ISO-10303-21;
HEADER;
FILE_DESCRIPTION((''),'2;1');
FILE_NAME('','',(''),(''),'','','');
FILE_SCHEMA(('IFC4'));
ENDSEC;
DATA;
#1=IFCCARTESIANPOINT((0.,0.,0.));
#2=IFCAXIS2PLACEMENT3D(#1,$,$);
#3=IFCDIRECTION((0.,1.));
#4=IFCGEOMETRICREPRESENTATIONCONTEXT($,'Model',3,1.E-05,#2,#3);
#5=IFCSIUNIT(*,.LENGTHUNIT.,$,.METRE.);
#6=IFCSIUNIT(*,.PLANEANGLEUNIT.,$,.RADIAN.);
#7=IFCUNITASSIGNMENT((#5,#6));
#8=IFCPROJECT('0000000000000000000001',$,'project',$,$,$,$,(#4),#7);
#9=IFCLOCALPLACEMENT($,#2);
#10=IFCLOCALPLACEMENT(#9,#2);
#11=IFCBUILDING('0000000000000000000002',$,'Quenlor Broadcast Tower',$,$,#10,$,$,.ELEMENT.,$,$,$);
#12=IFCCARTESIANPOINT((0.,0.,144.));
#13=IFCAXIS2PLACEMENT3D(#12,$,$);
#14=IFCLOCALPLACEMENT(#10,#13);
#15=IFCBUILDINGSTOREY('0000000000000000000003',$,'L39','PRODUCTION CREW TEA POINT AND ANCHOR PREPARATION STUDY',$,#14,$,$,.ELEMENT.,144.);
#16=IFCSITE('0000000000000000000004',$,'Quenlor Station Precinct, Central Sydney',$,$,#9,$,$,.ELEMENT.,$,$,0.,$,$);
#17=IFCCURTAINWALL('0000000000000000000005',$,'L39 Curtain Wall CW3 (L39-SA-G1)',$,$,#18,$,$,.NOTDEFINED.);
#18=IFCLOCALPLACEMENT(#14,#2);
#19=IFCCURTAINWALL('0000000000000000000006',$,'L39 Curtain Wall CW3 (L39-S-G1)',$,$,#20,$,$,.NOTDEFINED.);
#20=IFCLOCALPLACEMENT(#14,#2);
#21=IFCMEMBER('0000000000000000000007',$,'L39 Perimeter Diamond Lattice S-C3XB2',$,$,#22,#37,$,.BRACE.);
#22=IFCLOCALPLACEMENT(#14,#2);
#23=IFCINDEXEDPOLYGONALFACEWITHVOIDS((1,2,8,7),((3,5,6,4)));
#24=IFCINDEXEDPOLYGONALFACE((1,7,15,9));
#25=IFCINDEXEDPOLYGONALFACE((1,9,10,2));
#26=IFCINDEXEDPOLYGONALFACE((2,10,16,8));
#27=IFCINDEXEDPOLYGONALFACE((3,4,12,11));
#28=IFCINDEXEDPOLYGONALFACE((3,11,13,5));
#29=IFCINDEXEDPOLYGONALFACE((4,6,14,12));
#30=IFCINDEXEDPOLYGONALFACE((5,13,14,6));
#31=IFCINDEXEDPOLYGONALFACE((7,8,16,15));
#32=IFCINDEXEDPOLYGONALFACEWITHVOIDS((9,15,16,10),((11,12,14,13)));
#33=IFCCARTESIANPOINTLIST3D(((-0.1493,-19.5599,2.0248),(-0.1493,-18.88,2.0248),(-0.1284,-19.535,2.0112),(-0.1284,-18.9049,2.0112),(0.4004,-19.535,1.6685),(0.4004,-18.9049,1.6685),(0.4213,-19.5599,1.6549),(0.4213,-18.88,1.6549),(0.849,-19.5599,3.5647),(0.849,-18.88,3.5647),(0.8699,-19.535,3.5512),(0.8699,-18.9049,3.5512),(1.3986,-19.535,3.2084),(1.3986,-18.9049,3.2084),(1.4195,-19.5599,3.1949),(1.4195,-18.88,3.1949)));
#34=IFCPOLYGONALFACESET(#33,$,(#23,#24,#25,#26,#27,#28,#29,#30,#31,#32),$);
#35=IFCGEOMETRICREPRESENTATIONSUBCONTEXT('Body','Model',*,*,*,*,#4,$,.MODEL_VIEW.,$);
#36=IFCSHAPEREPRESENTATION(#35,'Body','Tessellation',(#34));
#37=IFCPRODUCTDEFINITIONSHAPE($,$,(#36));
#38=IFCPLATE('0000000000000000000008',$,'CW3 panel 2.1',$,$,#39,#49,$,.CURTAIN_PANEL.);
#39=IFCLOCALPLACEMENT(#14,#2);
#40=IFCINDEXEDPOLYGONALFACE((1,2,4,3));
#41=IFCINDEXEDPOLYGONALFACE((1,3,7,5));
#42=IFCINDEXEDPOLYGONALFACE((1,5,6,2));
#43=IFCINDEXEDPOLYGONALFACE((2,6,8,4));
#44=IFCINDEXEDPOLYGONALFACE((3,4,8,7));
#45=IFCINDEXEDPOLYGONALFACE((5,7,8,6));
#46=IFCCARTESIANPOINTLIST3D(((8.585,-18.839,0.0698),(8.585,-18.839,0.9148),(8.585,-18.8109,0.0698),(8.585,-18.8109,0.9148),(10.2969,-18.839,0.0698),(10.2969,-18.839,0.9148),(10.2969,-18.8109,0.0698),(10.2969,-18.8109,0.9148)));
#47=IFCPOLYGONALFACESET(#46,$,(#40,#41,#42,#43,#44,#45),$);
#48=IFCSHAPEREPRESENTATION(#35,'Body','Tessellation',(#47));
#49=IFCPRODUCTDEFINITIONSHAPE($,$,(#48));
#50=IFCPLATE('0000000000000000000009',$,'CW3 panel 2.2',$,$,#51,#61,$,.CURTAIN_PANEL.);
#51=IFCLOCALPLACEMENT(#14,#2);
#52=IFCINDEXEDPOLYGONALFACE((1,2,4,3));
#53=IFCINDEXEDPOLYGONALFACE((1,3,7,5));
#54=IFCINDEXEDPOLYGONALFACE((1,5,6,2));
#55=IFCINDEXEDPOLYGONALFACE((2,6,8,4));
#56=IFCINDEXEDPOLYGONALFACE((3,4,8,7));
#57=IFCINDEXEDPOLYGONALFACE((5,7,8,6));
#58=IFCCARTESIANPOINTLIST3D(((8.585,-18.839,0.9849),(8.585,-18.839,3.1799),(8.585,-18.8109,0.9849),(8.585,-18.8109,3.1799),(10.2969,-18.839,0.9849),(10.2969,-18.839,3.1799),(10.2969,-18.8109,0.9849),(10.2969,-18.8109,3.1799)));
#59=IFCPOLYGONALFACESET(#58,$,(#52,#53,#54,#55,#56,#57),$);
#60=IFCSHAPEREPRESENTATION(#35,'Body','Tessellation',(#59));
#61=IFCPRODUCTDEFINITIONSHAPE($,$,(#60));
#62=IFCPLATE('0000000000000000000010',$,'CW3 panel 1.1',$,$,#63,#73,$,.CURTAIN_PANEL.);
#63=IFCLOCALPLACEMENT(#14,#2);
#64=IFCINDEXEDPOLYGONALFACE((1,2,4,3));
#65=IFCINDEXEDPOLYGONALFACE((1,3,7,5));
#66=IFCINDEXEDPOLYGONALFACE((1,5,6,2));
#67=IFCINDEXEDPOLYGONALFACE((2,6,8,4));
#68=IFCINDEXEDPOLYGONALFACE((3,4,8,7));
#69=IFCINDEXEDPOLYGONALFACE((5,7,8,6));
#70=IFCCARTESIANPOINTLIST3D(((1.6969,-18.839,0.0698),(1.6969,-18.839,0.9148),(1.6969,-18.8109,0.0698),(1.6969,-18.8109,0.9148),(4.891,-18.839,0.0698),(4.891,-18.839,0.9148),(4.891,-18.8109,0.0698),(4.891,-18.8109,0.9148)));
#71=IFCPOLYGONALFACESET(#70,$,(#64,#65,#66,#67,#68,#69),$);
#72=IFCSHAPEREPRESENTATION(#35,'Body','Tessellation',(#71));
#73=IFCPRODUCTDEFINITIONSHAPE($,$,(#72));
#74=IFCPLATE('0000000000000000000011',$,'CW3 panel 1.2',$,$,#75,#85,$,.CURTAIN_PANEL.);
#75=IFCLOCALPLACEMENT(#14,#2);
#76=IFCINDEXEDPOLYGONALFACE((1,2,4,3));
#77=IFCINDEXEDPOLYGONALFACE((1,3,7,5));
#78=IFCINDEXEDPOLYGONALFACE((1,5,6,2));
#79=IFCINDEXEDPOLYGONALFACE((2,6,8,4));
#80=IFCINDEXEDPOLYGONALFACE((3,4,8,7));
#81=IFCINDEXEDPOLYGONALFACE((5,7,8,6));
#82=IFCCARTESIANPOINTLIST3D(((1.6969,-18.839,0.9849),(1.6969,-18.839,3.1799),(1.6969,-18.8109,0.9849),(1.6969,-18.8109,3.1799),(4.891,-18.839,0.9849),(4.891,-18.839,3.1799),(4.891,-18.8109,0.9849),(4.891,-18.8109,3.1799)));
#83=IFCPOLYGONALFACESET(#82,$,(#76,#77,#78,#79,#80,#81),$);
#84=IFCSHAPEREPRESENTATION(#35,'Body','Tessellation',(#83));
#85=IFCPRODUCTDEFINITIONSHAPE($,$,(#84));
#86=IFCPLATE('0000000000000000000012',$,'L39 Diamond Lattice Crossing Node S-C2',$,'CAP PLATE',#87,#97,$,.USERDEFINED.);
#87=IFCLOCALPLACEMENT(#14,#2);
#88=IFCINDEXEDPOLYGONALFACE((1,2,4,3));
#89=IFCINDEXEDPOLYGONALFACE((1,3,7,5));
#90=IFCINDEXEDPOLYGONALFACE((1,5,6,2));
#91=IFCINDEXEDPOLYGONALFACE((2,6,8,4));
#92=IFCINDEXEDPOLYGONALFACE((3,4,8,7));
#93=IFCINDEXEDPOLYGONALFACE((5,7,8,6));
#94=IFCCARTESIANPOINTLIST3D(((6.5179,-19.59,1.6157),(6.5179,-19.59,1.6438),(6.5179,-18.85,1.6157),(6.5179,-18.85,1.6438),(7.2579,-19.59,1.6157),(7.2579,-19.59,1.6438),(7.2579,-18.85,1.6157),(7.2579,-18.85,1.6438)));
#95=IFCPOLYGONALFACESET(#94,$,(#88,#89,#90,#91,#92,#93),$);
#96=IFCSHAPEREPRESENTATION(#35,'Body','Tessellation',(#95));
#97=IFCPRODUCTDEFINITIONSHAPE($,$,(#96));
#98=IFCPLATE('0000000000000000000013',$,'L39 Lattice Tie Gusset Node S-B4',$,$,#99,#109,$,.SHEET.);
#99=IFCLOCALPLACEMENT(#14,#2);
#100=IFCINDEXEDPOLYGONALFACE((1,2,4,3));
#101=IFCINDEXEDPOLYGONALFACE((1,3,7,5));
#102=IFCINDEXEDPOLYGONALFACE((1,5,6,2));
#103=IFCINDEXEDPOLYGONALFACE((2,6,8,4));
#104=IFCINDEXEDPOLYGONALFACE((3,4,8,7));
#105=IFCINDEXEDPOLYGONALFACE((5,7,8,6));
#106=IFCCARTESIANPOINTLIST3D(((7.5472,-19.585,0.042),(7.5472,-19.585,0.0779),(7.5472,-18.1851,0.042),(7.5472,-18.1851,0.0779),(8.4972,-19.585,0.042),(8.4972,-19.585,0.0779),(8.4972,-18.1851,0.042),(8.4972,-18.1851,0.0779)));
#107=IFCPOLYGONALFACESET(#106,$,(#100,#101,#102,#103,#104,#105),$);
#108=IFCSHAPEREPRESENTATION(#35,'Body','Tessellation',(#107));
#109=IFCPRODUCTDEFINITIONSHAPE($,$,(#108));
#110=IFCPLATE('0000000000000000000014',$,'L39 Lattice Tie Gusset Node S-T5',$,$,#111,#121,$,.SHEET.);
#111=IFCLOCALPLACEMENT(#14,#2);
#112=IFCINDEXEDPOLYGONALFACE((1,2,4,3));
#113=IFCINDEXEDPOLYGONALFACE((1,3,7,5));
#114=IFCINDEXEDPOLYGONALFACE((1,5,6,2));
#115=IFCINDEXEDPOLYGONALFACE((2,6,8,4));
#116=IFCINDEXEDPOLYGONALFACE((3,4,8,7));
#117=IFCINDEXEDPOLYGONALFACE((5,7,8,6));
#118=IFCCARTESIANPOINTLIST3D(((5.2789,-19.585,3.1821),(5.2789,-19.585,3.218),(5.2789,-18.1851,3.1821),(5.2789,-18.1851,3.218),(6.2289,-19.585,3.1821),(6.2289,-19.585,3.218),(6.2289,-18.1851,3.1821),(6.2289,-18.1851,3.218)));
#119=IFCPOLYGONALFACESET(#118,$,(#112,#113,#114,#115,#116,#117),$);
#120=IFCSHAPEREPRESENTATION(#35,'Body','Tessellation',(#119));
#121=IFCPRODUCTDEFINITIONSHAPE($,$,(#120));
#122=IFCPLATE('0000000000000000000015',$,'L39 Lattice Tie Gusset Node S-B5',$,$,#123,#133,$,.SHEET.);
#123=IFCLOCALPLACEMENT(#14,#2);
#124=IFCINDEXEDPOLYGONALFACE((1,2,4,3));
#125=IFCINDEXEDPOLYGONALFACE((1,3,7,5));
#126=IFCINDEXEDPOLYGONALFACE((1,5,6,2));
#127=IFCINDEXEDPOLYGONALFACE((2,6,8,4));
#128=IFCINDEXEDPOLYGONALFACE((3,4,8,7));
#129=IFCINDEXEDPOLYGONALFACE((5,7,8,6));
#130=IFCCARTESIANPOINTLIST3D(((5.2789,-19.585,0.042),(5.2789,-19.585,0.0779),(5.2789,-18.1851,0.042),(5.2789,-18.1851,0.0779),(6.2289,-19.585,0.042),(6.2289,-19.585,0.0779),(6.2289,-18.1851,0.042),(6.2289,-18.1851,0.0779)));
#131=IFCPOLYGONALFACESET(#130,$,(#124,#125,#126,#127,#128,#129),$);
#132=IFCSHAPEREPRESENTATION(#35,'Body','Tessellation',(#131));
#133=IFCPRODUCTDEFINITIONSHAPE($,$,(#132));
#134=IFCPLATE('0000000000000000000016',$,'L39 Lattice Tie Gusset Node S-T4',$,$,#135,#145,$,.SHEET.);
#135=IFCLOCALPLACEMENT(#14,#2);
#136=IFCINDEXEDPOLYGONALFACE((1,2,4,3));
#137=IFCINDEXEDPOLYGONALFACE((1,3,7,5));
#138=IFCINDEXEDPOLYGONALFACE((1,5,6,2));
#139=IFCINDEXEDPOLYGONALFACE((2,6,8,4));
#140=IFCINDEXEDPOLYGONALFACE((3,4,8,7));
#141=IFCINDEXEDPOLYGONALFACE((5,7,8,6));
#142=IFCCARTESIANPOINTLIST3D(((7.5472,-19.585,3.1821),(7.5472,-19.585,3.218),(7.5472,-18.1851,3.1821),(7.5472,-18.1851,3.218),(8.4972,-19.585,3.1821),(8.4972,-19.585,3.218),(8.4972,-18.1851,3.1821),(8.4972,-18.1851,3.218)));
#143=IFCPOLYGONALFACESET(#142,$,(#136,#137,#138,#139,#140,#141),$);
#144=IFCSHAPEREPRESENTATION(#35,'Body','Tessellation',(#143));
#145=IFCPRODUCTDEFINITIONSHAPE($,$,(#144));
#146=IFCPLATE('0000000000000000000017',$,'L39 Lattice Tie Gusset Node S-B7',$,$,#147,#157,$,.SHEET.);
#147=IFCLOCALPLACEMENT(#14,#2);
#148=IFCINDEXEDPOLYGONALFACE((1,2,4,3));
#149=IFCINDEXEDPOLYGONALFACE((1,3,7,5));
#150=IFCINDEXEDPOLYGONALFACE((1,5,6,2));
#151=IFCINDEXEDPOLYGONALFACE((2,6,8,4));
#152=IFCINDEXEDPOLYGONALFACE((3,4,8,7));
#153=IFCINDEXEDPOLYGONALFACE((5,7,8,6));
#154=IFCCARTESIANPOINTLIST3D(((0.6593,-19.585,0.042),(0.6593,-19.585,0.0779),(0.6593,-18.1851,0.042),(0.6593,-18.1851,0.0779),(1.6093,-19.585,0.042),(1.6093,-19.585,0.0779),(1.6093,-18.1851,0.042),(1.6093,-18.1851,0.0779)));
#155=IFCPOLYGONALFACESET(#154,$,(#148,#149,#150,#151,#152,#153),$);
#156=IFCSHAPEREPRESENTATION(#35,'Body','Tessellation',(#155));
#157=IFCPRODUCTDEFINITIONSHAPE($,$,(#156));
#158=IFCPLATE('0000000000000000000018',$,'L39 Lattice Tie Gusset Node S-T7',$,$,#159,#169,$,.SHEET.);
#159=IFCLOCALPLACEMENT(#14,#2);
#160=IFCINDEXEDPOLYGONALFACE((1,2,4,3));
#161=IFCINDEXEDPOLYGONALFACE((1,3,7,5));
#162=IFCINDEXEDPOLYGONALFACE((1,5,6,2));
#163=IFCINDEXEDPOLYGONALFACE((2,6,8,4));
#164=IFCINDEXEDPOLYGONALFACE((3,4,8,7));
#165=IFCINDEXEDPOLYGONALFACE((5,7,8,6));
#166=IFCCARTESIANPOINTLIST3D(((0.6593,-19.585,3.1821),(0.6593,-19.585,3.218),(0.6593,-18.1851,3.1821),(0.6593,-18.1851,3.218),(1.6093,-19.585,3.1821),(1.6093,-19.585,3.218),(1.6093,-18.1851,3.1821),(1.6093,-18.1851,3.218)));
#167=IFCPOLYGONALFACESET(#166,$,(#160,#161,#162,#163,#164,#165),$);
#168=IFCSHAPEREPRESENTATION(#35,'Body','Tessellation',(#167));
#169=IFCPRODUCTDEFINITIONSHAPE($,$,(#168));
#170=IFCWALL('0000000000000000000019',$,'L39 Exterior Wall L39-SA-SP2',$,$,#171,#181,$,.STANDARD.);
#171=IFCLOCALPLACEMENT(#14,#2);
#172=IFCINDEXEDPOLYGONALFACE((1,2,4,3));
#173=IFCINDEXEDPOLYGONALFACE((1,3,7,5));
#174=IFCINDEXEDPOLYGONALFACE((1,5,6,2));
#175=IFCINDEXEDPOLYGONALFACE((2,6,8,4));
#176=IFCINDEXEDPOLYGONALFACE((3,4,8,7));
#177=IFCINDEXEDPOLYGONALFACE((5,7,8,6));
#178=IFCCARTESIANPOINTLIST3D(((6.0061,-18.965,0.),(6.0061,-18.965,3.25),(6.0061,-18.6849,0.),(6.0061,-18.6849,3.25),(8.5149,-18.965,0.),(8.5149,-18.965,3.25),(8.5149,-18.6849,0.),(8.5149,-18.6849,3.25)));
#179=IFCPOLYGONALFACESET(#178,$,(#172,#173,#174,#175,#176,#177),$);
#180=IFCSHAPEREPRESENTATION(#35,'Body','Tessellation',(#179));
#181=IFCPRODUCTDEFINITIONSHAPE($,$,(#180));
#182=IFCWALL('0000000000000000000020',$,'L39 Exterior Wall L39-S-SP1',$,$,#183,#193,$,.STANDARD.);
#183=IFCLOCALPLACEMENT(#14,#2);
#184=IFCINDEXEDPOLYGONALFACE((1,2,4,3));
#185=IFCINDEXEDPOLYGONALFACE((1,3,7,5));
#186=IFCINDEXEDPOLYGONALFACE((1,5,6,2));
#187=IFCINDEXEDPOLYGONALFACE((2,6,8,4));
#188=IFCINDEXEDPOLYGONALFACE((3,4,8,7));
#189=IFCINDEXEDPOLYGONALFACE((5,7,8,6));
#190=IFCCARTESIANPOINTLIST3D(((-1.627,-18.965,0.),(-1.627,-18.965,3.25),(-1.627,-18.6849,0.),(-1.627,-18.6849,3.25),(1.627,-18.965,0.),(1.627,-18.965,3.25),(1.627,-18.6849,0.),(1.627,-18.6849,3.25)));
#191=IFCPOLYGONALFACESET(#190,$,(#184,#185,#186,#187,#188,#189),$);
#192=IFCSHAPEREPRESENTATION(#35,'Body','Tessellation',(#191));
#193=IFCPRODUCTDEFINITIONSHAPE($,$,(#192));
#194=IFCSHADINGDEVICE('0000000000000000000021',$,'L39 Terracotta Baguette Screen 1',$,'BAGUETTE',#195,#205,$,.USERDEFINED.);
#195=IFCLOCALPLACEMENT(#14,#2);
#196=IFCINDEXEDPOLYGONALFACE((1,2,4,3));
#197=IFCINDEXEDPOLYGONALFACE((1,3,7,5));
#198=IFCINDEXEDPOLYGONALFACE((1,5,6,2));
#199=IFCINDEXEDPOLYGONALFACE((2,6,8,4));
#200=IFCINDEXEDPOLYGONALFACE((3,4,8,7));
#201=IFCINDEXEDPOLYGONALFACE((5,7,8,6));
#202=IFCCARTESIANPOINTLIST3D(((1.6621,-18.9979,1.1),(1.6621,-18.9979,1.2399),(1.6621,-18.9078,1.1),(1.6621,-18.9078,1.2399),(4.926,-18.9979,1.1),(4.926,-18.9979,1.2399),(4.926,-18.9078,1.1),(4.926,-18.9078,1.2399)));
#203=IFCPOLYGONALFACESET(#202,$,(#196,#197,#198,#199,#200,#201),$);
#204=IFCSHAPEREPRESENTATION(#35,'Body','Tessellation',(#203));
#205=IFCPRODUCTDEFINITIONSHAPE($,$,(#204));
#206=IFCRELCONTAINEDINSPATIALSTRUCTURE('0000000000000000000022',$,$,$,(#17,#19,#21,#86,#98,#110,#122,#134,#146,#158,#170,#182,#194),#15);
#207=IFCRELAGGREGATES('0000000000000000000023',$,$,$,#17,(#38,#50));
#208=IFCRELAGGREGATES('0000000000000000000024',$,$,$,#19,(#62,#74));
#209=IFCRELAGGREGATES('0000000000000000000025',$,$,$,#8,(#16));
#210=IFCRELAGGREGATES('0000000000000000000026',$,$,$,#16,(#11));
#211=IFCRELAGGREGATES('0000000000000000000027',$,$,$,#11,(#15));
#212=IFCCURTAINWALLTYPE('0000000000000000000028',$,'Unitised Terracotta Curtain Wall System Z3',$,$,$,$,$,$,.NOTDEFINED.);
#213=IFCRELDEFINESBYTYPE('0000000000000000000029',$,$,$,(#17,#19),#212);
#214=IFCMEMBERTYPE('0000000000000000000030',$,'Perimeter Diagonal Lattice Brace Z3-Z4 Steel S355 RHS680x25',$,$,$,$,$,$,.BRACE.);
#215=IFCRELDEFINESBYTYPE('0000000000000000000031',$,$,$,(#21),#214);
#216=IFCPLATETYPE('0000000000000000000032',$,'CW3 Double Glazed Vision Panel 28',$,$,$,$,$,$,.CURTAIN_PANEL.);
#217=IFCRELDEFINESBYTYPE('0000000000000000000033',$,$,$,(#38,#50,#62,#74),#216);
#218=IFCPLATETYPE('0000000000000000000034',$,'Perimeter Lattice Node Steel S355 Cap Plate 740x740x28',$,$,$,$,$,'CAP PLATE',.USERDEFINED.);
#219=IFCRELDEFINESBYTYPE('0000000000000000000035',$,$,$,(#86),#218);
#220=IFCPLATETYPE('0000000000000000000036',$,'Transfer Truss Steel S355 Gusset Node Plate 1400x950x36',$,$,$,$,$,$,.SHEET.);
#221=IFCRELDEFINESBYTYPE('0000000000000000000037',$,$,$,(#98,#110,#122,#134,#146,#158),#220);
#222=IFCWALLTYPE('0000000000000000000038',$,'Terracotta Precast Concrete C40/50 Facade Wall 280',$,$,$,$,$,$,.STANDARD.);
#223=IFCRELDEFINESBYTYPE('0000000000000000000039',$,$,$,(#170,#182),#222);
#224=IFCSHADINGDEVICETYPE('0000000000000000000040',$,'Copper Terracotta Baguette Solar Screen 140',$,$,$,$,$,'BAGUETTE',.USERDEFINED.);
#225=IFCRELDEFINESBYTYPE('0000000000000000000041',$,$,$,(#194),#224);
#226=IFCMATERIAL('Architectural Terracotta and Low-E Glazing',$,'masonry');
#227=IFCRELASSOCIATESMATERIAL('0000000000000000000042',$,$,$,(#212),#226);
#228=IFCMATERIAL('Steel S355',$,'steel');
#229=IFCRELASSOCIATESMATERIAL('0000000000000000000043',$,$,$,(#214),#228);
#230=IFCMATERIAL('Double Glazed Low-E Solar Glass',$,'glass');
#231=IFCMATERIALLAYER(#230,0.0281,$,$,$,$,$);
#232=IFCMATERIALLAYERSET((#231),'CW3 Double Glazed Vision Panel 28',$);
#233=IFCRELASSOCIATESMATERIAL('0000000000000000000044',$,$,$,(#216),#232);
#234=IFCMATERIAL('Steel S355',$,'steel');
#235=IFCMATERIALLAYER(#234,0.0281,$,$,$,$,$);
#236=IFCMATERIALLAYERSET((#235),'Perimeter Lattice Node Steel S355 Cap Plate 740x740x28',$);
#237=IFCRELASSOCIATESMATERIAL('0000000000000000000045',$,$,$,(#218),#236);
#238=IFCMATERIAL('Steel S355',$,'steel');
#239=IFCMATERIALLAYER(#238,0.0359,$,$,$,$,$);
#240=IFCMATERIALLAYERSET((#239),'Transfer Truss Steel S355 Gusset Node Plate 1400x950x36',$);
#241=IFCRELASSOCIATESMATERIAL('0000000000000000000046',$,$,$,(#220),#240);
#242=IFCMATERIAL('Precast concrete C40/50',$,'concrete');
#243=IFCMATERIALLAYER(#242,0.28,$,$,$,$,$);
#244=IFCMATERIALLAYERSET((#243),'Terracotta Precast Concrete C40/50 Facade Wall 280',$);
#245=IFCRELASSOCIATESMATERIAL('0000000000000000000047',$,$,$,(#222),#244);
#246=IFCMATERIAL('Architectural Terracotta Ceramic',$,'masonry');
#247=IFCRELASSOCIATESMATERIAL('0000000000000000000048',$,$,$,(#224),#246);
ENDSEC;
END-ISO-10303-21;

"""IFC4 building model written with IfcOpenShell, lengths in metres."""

from ifc_helpers import new_model, si_unit, direction, frame, frame_2d, origin, origin_2d, place, context, subcontext, project, spatial, rectangle, hollow_rectangle, extrude, material, layer, layer_set, material_profile, profile_set, type_object, element, aggregate, save


model = new_model("IFC4")

# Units and contexts
model_context = context("Model", 3, precision=1e-05, world=origin(), true_north=direction((0.0, 1.0)))
body_context = subcontext(model_context, "Body", "Model", "MODEL_VIEW")
ifc_project = project(units=[si_unit("LENGTHUNIT", "METRE"), si_unit("PLANEANGLEUNIT", "RADIAN")], contexts=[model_context])

# Site, building, storey
site_placement = place(None, origin())
site = spatial("IfcSite", under=ifc_project, at=site_placement, Name="Quenlor Station Precinct, Central Sydney", CompositionType="ELEMENT", RefElevation=0.0)
building_placement = place(site_placement, origin())
building = spatial("IfcBuilding", under=site, at=building_placement, Name="Quenlor Broadcast Tower", CompositionType="ELEMENT")
storey_placement = place(building_placement, frame((0.0, 0.0, 144.0)))
storey = spatial("IfcBuildingStorey", under=building, at=storey_placement, Name="L39", Description="PRODUCTION CREW TEA POINT AND ANCHOR PREPARATION STUDY", CompositionType="ELEMENT", Elevation=144.0)

# Curtain wall
ifc_material_1 = material(Name="Architectural Terracotta and Low-E Glazing", Category="masonry")
curtain_wall_type = type_object("IfcCurtainWallType", Name="Unitised Terracotta Curtain Wall System Z3", PredefinedType="NOTDEFINED", material=ifc_material_1)
curtain_wall_1_placement = place(storey_placement, origin())
curtain_wall_1 = element("IfcCurtainWall", 1, at=curtain_wall_1_placement, inside=storey, type_object=curtain_wall_type, Name="L39 Curtain Wall CW3 (L39-SA-G1)", PredefinedType="NOTDEFINED")

# Curtain wall
curtain_wall_2_placement = place(storey_placement, origin())
curtain_wall_2 = element("IfcCurtainWall", 2, at=curtain_wall_2_placement, inside=storey, type_object=curtain_wall_type, Name="L39 Curtain Wall CW3 (L39-S-G1)", PredefinedType="NOTDEFINED")

# Member
ifc_material_2 = material(Name="Steel S355", Category="steel")
ifc_material_profile_1 = material_profile(ifc_material_2, hollow_rectangle(XDim=0.6799, YDim=0.6799, WallThickness=0.0249, at=origin_2d()))
ifc_profile_set_1 = profile_set([ifc_material_profile_1], Name="Steel S355 RHS680x680x25")
member_type_1 = type_object("IfcMemberType", Name="Perimeter Diagonal Lattice Brace Z3-Z4 Steel S355 RHS680x25", PredefinedType="BRACE", material=ifc_profile_set_1)
member_1_placement = place(storey_placement, frame((0.136, -19.22, 1.8398), z_axis=(0.543941, 0.0, 0.839124), x_axis=(0.0, 1.0, 0.0)))
element("IfcMember", 3, at=member_1_placement, inside=storey, type_object=member_type_1, Name="L39 Perimeter Diamond Lattice S-C3XB2", PredefinedType="BRACE", context=body_context, shape_type="SweptSolid", body=[
    extrude(hollow_rectangle(XDim=0.6799, YDim=0.6799, WallThickness=0.0249, at=origin_2d()), origin(), (0.0, 0.0, 1.0), 1.8352),
])

# Plates
ifc_material_3 = material(Name="Double Glazed Low-E Solar Glass", Category="glass")
ifc_layer_1 = layer(ifc_material_3, 0.0281)
ifc_layer_set_1 = layer_set([ifc_layer_1], Name="CW3 Double Glazed Vision Panel 28")
plate_type_1 = type_object("IfcPlateType", Name="CW3 Double Glazed Vision Panel 28", PredefinedType="CURTAIN_PANEL", material=ifc_layer_set_1)
plate_1_placement = place(storey_placement, frame((9.4409, -18.825, 0.0698), z_axis=(0.0, 0.0, 1.0), x_axis=(-1.0, 0.0, 0.0)))
plate_1 = element("IfcPlate", 4, at=plate_1_placement, type_object=plate_type_1, Name="CW3 panel 2.1", PredefinedType="CURTAIN_PANEL", context=body_context, shape_type="SweptSolid", body=[
    extrude(rectangle(XDim=1.7119, YDim=0.0281, at=origin_2d()), origin(), (0.0, 0.0, 1.0), 0.845),
])
plate_2_placement = place(storey_placement, frame((9.4409, -18.825, 0.9849), z_axis=(0.0, 0.0, 1.0), x_axis=(-1.0, 0.0, 0.0)))
plate_2 = element("IfcPlate", 5, at=plate_2_placement, type_object=plate_type_1, Name="CW3 panel 2.2", PredefinedType="CURTAIN_PANEL", context=body_context, shape_type="SweptSolid", body=[
    extrude(rectangle(XDim=1.7119, YDim=0.0281, at=origin_2d()), origin(), (0.0, 0.0, 1.0), 2.1951),
])
aggregate(curtain_wall_1, [plate_1, plate_2])
plate_3_placement = place(storey_placement, frame((3.2939, -18.825, 0.0698), z_axis=(0.0, 0.0, 1.0), x_axis=(-1.0, 0.0, 0.0)))
plate_3 = element("IfcPlate", 6, at=plate_3_placement, type_object=plate_type_1, Name="CW3 panel 1.1", PredefinedType="CURTAIN_PANEL", context=body_context, shape_type="SweptSolid", body=[
    extrude(rectangle(XDim=3.1941, YDim=0.0281, at=origin_2d()), origin(), (0.0, 0.0, 1.0), 0.845),
])
plate_4_placement = place(storey_placement, frame((3.2939, -18.825, 0.9849), z_axis=(0.0, 0.0, 1.0), x_axis=(-1.0, 0.0, 0.0)))
plate_4 = element("IfcPlate", 7, at=plate_4_placement, type_object=plate_type_1, Name="CW3 panel 1.2", PredefinedType="CURTAIN_PANEL", context=body_context, shape_type="SweptSolid", body=[
    extrude(rectangle(XDim=3.1941, YDim=0.0281, at=origin_2d()), origin(), (0.0, 0.0, 1.0), 2.1951),
])
aggregate(curtain_wall_2, [plate_3, plate_4])

# Plates
ifc_material_4 = material(Name="Steel S355", Category="steel")
ifc_layer_2 = layer(ifc_material_4, 0.0281)
ifc_layer_set_2 = layer_set([ifc_layer_2], Name="Perimeter Lattice Node Steel S355 Cap Plate 740x740x28")
plate_type_2 = type_object("IfcPlateType", Name="Perimeter Lattice Node Steel S355 Cap Plate 740x740x28", ElementType="CAP PLATE", PredefinedType="USERDEFINED", material=ifc_layer_set_2)
plate_5_placement = place(storey_placement, frame((6.8879, -19.22, 1.6157), z_axis=(0.0, 0.0, 1.0), x_axis=(-1.0, 0.0, 0.0)))
element("IfcPlate", 8, at=plate_5_placement, inside=storey, type_object=plate_type_2, Name="L39 Diamond Lattice Crossing Node S-C2", ObjectType="CAP PLATE", PredefinedType="USERDEFINED", context=body_context, shape_type="SweptSolid", body=[
    extrude(rectangle(XDim=0.74, YDim=0.74, at=origin_2d()), origin(), (0.0, 0.0, 1.0), 0.0281),
])
ifc_material_5 = material(Name="Steel S355", Category="steel")
ifc_layer_3 = layer(ifc_material_5, 0.0359)
ifc_layer_set_3 = layer_set([ifc_layer_3], Name="Transfer Truss Steel S355 Gusset Node Plate 1400x950x36")
plate_type_3 = type_object("IfcPlateType", Name="Transfer Truss Steel S355 Gusset Node Plate 1400x950x36", PredefinedType="SHEET", material=ifc_layer_set_3)
for number, where, z_axis, x_axis, name in (
    (9, (8.0222, -18.885, 0.042), (0.0, 0.0, 1.0), (0.0, -1.0, 0.0), "L39 Lattice Tie Gusset Node S-B4"),
    (10, (5.7539, -18.885, 3.1821), (0.0, 0.0, 1.0), (0.0, -1.0, 0.0), "L39 Lattice Tie Gusset Node S-T5"),
    (11, (5.7539, -18.885, 0.042), (0.0, 0.0, 1.0), (0.0, -1.0, 0.0), "L39 Lattice Tie Gusset Node S-B5"),
    (12, (8.0222, -18.885, 3.1821), (0.0, 0.0, 1.0), (0.0, -1.0, 0.0), "L39 Lattice Tie Gusset Node S-T4"),
    (13, (1.1343, -18.885, 0.042), (0.0, 0.0, 1.0), (0.0, -1.0, 0.0), "L39 Lattice Tie Gusset Node S-B7"),
    (14, (1.1343, -18.885, 3.1821), (0.0, 0.0, 1.0), (0.0, -1.0, 0.0), "L39 Lattice Tie Gusset Node S-T7"),
):
    element("IfcPlate", number, at=place(storey_placement, frame(where, z_axis=z_axis, x_axis=x_axis)), inside=storey, type_object=plate_type_3, Name=name, PredefinedType="SHEET", context=body_context, shape_type="SweptSolid", body=[
        extrude(rectangle(XDim=1.3999, YDim=0.95, at=origin_2d()), origin(), (0.0, 0.0, 1.0), 0.0359),
    ])

# Walls
ifc_material_6 = material(Name="Precast concrete C40/50", Category="concrete")
ifc_layer_4 = layer(ifc_material_6, 0.28)
ifc_layer_set_4 = layer_set([ifc_layer_4], Name="Terracotta Precast Concrete C40/50 Facade Wall 280")
wall_type = type_object("IfcWallType", Name="Terracotta Precast Concrete C40/50 Facade Wall 280", PredefinedType="STANDARD", material=ifc_layer_set_4)
wall_1_placement = place(storey_placement, frame((8.5149, -18.825, 0.0), z_axis=(0.0, 0.0, 1.0), x_axis=(-1.0, 0.0, 0.0)))
element("IfcWall", 15, at=wall_1_placement, inside=storey, type_object=wall_type, Name="L39 Exterior Wall L39-SA-SP2", PredefinedType="STANDARD", context=body_context, shape_type="SweptSolid", body=[
    extrude(rectangle(XDim=2.5088, YDim=0.28, at=frame_2d((1.2544, 0.0))), origin(), (0.0, 0.0, 1.0), 3.25),
])
wall_2_placement = place(storey_placement, frame((1.627, -18.825, 0.0), z_axis=(0.0, 0.0, 1.0), x_axis=(-1.0, 0.0, 0.0)))
element("IfcWall", 16, at=wall_2_placement, inside=storey, type_object=wall_type, Name="L39 Exterior Wall L39-S-SP1", PredefinedType="STANDARD", context=body_context, shape_type="SweptSolid", body=[
    extrude(rectangle(XDim=3.2539, YDim=0.28, at=frame_2d((1.627, 0.0))), origin(), (0.0, 0.0, 1.0), 3.25),
])

# Shading device
ifc_material_7 = material(Name="Architectural Terracotta Ceramic", Category="masonry")
ifc_material_profile_2 = material_profile(ifc_material_7, rectangle(XDim=0.0901, YDim=0.1399, at=origin_2d()))
ifc_profile_set_2 = profile_set([ifc_material_profile_2], Name="Architectural Terracotta Ceramic BAG90x140")
shading_device_type = type_object("IfcShadingDeviceType", Name="Copper Terracotta Baguette Solar Screen 140", ElementType="BAGUETTE", PredefinedType="USERDEFINED", material=ifc_profile_set_2)
for number, where, z_axis, x_axis, name in (
    (17, (4.926, -18.9529, 1.1699), (-1.0, 0.0, 0.0), (0.0, -1.0, 0.0), "L39 Terracotta Baguette Screen 1"),
):
    element("IfcShadingDevice", number, at=place(storey_placement, frame(where, z_axis=z_axis, x_axis=x_axis)), inside=storey, type_object=shading_device_type, Name=name, ObjectType="BAGUETTE", PredefinedType="USERDEFINED", context=body_context, shape_type="SweptSolid", body=[
        extrude(rectangle(XDim=0.0901, YDim=0.1399, at=origin_2d()), origin(), (0.0, 0.0, 1.0), 3.2639),
    ])

save(model, "model.ifc")
